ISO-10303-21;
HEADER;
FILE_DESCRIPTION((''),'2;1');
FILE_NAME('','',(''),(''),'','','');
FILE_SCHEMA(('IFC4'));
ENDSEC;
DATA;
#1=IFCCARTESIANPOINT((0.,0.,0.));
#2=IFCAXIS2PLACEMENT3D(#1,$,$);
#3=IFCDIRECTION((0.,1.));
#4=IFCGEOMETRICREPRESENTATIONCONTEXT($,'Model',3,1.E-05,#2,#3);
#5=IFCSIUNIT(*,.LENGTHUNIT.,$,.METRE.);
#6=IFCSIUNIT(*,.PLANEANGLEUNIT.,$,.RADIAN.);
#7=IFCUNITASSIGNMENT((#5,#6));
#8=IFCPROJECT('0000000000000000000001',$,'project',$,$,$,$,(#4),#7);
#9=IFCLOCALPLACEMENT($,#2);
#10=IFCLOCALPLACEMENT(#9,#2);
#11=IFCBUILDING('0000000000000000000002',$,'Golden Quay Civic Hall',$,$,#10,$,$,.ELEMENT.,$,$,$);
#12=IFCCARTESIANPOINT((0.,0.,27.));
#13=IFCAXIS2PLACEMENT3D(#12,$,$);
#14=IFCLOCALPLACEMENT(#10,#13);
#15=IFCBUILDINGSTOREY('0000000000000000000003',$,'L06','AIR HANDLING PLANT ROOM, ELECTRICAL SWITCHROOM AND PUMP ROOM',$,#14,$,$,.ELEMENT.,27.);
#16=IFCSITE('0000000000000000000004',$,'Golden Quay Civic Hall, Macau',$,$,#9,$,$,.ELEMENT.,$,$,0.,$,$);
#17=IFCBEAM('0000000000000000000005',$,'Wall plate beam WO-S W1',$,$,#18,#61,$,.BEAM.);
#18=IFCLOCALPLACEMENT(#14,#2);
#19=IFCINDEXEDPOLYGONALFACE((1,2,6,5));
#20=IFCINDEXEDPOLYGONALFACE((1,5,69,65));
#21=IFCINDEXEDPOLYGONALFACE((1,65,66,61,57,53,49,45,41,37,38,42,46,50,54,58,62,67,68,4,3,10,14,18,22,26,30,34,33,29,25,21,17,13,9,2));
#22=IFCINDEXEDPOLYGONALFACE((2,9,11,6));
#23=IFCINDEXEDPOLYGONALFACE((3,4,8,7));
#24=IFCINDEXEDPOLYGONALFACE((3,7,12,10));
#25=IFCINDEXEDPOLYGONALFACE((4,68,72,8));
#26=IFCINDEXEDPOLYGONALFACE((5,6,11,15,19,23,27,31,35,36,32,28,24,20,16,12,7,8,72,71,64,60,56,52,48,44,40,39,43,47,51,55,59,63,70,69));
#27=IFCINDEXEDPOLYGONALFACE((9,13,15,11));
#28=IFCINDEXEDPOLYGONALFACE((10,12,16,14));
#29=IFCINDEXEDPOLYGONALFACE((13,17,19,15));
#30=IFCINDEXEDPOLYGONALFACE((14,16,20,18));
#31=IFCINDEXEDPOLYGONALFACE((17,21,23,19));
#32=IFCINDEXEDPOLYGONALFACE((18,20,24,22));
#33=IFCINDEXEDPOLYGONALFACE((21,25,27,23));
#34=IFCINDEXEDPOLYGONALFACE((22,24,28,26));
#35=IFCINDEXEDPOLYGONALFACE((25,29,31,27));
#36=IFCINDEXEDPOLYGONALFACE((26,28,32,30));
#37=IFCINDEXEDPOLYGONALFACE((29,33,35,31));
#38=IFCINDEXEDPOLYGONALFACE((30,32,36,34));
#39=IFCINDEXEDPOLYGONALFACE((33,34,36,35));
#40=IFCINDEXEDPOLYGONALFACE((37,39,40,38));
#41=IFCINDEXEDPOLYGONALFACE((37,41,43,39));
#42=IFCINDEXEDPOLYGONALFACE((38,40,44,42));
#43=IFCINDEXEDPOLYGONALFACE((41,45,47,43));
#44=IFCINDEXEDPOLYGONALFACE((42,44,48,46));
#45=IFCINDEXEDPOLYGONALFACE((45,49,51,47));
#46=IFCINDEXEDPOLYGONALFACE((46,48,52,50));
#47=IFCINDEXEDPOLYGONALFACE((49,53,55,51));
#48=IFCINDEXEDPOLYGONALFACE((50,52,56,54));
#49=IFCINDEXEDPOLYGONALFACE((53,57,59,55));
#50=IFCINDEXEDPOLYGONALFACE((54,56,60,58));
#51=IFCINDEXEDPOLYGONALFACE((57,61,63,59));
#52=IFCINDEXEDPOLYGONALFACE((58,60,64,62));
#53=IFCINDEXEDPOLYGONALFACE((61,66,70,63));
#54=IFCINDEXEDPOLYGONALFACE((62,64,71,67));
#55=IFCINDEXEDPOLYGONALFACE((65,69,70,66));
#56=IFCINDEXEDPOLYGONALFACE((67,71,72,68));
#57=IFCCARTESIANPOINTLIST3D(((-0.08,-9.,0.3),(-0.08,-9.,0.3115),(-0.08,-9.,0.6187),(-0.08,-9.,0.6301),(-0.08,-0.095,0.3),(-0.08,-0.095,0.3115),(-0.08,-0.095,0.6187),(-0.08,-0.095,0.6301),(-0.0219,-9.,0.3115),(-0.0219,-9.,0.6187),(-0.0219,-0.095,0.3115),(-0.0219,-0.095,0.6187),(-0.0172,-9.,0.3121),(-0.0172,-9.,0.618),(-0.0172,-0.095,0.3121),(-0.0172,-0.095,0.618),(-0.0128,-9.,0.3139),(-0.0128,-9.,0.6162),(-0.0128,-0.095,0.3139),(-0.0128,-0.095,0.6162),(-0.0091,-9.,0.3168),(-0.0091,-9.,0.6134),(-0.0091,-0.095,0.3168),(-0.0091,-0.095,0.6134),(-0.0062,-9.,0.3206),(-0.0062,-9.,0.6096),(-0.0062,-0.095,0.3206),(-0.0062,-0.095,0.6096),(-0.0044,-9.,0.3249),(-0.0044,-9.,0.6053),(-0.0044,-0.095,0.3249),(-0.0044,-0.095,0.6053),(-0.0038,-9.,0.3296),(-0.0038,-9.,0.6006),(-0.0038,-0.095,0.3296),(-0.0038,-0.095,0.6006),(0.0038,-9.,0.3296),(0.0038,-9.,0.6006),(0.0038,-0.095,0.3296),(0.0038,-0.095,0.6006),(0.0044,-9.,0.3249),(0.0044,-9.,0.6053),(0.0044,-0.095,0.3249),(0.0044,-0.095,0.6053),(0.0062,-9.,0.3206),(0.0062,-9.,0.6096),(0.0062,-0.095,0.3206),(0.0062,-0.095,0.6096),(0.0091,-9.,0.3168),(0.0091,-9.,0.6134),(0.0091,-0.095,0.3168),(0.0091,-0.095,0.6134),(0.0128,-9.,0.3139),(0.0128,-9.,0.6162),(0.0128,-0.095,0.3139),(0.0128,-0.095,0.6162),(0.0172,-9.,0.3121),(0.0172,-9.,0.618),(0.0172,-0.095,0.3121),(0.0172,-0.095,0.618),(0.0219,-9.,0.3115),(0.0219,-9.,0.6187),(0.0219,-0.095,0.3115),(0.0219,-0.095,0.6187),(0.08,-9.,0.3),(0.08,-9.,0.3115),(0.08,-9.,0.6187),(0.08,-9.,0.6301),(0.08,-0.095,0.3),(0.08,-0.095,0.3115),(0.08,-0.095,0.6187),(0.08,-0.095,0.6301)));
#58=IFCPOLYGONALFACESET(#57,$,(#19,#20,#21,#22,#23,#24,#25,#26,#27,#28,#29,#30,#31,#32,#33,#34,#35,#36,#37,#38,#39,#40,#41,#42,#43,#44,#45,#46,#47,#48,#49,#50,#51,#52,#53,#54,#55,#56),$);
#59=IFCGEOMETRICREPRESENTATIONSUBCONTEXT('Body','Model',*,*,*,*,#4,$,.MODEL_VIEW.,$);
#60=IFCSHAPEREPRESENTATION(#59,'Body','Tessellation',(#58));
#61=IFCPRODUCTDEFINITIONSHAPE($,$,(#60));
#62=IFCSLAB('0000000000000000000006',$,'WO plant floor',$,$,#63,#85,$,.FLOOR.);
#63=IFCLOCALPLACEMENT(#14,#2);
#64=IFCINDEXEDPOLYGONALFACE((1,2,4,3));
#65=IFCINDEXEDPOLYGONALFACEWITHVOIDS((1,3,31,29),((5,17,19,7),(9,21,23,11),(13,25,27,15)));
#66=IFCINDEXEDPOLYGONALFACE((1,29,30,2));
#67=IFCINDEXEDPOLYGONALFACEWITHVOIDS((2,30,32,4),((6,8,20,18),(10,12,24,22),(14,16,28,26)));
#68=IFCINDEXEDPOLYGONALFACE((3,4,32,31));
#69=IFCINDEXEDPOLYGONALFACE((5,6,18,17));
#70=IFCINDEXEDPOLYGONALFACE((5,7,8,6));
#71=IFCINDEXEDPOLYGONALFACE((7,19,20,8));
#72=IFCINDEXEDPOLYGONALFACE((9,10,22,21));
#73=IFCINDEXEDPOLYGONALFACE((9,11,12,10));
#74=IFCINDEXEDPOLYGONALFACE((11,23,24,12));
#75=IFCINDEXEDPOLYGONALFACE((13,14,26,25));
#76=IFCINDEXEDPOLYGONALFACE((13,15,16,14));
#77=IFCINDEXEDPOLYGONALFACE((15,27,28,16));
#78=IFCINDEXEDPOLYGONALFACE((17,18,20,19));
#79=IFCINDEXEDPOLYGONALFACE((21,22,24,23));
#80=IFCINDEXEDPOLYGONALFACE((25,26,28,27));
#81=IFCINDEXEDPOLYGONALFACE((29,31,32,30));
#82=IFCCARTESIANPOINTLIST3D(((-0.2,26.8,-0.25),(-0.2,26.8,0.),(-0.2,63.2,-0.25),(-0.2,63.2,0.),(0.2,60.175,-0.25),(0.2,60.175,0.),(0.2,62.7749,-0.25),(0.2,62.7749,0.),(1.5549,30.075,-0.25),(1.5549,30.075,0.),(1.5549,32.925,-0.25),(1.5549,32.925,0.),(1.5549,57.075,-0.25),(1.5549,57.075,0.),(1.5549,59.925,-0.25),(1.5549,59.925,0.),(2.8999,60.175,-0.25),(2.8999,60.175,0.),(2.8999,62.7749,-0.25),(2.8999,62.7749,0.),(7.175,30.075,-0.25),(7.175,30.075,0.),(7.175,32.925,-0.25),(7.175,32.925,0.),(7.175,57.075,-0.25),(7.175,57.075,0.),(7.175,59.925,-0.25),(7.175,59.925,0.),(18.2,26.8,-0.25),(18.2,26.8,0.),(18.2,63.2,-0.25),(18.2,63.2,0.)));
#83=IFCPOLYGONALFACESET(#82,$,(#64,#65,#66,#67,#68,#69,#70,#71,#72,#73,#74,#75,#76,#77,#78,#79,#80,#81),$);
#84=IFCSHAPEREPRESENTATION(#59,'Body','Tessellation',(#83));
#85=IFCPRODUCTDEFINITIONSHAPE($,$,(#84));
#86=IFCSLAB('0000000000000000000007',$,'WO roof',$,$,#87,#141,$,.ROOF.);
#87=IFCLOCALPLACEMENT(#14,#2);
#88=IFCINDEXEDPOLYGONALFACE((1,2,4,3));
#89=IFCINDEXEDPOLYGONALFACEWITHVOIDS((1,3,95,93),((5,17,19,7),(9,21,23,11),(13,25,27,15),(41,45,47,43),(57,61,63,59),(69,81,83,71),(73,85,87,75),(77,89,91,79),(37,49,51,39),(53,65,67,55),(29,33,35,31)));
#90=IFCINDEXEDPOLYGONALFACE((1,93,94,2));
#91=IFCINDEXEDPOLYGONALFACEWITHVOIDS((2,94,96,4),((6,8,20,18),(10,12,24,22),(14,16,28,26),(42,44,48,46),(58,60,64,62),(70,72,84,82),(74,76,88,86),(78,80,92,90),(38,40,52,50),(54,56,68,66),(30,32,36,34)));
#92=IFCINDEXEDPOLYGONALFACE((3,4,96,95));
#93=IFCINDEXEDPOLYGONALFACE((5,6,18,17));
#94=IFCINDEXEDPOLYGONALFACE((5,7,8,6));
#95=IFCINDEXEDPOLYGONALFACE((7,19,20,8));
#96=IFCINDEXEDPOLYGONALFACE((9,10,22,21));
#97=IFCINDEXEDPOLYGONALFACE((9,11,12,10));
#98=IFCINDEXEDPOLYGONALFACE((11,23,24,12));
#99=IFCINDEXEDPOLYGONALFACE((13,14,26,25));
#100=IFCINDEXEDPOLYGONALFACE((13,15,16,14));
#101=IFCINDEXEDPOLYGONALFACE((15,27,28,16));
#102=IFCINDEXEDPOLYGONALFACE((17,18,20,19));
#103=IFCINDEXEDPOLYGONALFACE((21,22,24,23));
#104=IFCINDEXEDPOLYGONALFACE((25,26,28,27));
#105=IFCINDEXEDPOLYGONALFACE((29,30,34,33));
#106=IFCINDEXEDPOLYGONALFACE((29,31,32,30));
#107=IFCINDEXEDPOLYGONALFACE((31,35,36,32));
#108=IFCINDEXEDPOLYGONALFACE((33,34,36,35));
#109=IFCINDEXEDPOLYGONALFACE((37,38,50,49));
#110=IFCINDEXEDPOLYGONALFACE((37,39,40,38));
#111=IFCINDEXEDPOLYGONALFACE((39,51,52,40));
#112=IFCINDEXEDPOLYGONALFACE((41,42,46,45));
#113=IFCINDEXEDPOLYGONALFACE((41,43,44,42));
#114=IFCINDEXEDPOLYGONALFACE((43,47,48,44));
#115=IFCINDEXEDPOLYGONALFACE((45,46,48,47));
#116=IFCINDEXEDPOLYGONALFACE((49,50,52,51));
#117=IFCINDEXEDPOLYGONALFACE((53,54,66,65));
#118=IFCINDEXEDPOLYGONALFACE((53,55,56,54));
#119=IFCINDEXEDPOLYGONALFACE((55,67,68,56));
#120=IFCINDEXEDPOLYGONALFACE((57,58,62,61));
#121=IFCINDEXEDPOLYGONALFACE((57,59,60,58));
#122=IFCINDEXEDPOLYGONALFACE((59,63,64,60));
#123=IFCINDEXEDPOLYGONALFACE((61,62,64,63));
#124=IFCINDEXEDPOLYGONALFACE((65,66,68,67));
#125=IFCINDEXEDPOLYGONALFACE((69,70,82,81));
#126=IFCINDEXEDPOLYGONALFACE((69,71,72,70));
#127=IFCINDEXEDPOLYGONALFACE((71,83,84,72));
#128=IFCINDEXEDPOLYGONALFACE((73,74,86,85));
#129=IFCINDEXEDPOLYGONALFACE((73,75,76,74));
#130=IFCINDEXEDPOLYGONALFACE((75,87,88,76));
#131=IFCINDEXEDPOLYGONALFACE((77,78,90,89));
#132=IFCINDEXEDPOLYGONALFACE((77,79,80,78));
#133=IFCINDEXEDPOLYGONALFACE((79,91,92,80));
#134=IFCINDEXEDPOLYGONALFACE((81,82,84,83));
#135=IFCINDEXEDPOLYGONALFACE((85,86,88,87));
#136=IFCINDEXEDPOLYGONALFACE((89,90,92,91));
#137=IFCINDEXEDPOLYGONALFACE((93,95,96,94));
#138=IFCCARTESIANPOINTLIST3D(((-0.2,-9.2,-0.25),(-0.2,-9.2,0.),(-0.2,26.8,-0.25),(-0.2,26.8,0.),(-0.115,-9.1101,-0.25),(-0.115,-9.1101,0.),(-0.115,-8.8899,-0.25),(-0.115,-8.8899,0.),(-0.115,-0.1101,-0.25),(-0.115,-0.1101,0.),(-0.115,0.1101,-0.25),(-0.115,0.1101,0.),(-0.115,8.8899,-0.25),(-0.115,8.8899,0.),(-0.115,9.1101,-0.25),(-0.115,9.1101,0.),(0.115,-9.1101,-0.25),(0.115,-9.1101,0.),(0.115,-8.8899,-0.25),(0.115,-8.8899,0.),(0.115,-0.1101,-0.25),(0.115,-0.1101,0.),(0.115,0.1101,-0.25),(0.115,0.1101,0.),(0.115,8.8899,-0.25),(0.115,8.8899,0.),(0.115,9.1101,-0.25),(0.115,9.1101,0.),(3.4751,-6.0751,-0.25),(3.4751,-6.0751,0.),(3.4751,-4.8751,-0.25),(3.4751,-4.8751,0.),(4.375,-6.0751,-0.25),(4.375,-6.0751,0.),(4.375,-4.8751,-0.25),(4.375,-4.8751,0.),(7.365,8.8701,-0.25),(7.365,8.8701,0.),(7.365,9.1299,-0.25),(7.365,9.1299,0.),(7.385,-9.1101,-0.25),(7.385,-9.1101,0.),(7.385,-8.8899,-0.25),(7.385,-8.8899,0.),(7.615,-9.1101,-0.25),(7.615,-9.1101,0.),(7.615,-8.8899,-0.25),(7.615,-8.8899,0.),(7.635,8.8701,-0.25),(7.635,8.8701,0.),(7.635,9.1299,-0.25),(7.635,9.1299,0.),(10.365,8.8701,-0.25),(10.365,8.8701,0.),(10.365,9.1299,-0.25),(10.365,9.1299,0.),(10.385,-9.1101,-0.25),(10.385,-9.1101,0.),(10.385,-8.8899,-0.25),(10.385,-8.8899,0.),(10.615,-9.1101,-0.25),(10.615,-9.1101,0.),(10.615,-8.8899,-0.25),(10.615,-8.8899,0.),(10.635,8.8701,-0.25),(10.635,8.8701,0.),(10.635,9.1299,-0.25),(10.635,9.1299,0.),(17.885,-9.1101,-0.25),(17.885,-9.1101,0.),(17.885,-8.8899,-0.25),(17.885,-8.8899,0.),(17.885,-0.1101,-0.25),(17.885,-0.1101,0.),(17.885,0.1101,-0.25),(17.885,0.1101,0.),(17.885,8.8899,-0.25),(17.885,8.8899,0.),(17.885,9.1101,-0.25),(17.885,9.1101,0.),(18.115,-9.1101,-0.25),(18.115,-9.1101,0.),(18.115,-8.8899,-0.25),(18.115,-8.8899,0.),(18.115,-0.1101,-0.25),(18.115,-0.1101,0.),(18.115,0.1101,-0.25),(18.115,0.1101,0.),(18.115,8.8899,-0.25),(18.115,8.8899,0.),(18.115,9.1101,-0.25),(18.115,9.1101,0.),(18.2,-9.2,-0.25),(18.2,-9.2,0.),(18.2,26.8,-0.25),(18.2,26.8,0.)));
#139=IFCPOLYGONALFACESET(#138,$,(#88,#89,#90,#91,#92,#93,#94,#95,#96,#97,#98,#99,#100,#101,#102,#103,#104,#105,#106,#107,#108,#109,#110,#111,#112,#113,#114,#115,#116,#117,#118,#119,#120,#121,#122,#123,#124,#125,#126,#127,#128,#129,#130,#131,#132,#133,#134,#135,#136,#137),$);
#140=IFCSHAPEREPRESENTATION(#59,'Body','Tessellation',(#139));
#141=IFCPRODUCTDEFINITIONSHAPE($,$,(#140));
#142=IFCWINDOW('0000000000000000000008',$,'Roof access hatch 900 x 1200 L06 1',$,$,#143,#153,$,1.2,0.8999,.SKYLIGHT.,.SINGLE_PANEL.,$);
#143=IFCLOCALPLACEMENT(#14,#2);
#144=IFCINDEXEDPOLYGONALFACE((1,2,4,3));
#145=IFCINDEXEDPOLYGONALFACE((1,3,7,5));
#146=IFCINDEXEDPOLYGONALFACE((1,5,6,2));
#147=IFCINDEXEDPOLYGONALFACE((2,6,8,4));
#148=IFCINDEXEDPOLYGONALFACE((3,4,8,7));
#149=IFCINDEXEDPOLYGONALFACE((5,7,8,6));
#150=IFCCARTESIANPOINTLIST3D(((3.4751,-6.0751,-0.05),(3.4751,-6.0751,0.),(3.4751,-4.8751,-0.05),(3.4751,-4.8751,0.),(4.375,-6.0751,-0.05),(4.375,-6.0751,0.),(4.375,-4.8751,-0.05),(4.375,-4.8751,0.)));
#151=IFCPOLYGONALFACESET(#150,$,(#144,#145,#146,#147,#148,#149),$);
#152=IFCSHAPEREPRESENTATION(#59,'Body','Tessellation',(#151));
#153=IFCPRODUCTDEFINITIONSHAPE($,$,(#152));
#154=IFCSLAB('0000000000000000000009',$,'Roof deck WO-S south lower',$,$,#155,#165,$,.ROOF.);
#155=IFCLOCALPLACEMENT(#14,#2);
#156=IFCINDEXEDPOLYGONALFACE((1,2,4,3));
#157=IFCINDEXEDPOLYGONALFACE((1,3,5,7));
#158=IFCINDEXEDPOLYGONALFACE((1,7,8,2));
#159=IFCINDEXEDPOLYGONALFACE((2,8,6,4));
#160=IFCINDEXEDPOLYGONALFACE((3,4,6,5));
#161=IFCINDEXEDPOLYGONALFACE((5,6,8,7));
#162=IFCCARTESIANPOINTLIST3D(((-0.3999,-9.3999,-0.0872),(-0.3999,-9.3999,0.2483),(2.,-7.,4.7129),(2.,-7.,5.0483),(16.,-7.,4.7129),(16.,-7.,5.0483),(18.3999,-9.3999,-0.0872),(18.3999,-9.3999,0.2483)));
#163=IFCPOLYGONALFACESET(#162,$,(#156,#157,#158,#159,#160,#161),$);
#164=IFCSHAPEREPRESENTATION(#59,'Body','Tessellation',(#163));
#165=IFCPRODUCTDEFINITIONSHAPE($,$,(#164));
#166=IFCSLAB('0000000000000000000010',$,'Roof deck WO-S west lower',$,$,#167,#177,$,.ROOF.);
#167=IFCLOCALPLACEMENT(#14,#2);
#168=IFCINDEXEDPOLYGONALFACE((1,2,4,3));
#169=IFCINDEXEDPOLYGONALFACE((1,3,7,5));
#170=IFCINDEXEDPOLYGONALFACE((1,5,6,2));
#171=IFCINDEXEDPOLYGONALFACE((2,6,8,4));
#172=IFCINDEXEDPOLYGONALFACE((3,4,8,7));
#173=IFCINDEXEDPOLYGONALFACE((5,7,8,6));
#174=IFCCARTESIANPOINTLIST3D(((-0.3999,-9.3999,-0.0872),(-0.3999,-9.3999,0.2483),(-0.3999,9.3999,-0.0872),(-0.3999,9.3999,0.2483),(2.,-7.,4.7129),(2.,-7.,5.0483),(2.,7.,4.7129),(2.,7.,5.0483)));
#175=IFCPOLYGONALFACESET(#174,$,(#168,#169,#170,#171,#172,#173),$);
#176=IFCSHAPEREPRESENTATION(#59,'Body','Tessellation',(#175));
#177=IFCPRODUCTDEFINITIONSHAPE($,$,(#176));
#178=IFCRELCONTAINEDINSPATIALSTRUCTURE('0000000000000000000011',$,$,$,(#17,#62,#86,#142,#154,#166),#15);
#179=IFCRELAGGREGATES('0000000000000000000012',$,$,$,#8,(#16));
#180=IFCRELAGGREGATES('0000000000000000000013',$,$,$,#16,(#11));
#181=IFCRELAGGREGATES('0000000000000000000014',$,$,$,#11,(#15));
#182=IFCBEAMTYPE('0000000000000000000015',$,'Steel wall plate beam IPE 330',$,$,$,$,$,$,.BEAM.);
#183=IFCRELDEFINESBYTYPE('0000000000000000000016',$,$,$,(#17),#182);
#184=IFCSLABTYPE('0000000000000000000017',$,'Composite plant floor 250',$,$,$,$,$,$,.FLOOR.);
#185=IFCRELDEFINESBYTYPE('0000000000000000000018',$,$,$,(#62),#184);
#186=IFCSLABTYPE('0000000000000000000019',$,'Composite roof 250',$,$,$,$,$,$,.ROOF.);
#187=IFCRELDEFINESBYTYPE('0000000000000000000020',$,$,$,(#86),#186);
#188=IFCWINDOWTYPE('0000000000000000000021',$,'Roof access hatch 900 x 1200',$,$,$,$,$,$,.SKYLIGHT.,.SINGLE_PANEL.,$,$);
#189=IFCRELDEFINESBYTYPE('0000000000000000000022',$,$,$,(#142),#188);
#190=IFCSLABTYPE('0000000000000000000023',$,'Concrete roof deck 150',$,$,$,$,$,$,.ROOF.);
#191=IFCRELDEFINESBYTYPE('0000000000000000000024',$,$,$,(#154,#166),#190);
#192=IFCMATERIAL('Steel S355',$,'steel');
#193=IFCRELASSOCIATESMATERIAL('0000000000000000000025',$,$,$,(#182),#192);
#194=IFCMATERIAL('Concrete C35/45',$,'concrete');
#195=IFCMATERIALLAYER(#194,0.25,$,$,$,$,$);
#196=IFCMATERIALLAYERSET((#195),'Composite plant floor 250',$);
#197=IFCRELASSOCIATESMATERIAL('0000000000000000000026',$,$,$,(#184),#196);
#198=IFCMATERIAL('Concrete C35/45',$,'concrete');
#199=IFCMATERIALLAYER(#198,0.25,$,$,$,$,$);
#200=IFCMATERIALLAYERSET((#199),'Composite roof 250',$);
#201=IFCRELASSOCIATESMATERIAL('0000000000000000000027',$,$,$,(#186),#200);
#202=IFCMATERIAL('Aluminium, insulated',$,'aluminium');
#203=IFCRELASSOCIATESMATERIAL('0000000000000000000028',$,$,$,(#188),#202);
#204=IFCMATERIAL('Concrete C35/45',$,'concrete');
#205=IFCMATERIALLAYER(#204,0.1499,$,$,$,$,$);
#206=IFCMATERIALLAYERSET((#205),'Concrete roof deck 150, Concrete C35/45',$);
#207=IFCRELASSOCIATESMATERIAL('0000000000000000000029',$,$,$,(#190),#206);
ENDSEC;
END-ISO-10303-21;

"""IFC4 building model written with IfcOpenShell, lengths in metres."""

from ifc_helpers import new_model, si_unit, direction, frame, origin, origin_2d, place, context, subcontext, project, spatial, polyline, rectangle, i_section, outline, extrude, material, layer, layer_set, material_profile, profile_set, type_object, element, fill, save


model = new_model("IFC4")

# Units and contexts
model_context = context("Model", 3, precision=1e-05, world=origin(), true_north=direction((0.0, 1.0)))
body_context = subcontext(model_context, "Body", "Model", "MODEL_VIEW")
ifc_project = project(units=[si_unit("LENGTHUNIT", "METRE"), si_unit("PLANEANGLEUNIT", "RADIAN")], contexts=[model_context])

# Site, building, storey
site_placement = place(None, origin())
site = spatial("IfcSite", under=ifc_project, at=site_placement, Name="Golden Quay Civic Hall, Macau", CompositionType="ELEMENT", RefElevation=0.0)
building_placement = place(site_placement, origin())
building = spatial("IfcBuilding", under=site, at=building_placement, Name="Golden Quay Civic Hall", CompositionType="ELEMENT")
storey_placement = place(building_placement, frame((0.0, 0.0, 27.0)))
storey = spatial("IfcBuildingStorey", under=building, at=storey_placement, Name="L06", Description="AIR HANDLING PLANT ROOM, ELECTRICAL SWITCHROOM AND PUMP ROOM", CompositionType="ELEMENT", Elevation=27.0)

# Beam
ifc_material_1 = material(Name="Steel S355", Category="steel")
ifc_material_profile_1 = material_profile(ifc_material_1, i_section(OverallWidth=0.1599, OverallDepth=0.3301, WebThickness=0.0076, FlangeThickness=0.0115, FilletRadius=0.0181, at=origin_2d()), Name="IPE 330")
ifc_profile_set_1 = profile_set([ifc_material_profile_1], Name="Steel S355")
beam_type_1 = type_object("IfcBeamType", Name="Steel wall plate beam IPE 330", PredefinedType="BEAM", material=ifc_profile_set_1)
beam_1_placement = place(storey_placement, frame((0.0, -9.0, 0.4651), z_axis=(0.0, 1.0, 0.0), x_axis=(-1.0, 0.0, 0.0)))
element("IfcBeam", 1, at=beam_1_placement, inside=storey, type_object=beam_type_1, Name="Wall plate beam WO-S W1", PredefinedType="BEAM", context=body_context, shape_type="SweptSolid", body=[
    extrude(i_section(OverallWidth=0.1599, OverallDepth=0.3301, WebThickness=0.0076, FlangeThickness=0.0115, FilletRadius=0.0181, at=origin_2d()), origin(), (0.0, 0.0, 1.0), 8.905),
])

# Slab
ifc_material_2 = material(Name="Concrete C35/45", Category="concrete")
ifc_layer_1 = layer(ifc_material_2, 0.25)
ifc_layer_set_1 = layer_set([ifc_layer_1], Name="Composite plant floor 250")
slab_type_1 = type_object("IfcSlabType", Name="Composite plant floor 250", PredefinedType="FLOOR", material=ifc_layer_set_1)
slab_1_placement = place(storey_placement, frame((0.0, 0.0, -0.25)))
element("IfcSlab", 2, at=slab_1_placement, inside=storey, type_object=slab_type_1, Name="WO plant floor", PredefinedType="FLOOR", context=body_context, shape_type="SweptSolid", body=[
    extrude(outline(polyline([(18.2, 26.8), (-0.2, 26.8), (-0.2, 63.2), (18.2, 63.2), (18.2, 26.8)]), holes=[polyline([(7.175, 57.075), (7.175, 59.925), (1.5549, 59.925), (1.5549, 57.075), (7.175, 57.075)]), polyline([(0.2, 60.175), (2.8999, 60.175), (2.8999, 62.7749), (0.2, 62.7749), (0.2, 60.175)]), polyline([(1.5549, 32.925), (1.5549, 30.075), (7.175, 30.075), (7.175, 32.925), (1.5549, 32.925)])]), origin(), (0.0, 0.0, 1.0), 0.25),
])

# Slab, opening, window
ifc_material_3 = material(Name="Concrete C35/45", Category="concrete")
ifc_layer_2 = layer(ifc_material_3, 0.25)
ifc_layer_set_2 = layer_set([ifc_layer_2], Name="Composite roof 250")
slab_type_2 = type_object("IfcSlabType", Name="Composite roof 250", PredefinedType="ROOF", material=ifc_layer_set_2)
slab_2_placement = place(storey_placement, frame((0.0, 0.0, -0.25)))
slab_2 = element("IfcSlab", 3, at=slab_2_placement, inside=storey, type_object=slab_type_2, Name="WO roof", PredefinedType="ROOF", context=body_context, shape_type="SweptSolid", body=[
    extrude(outline(polyline([(18.2, -9.2), (-0.2, -9.2), (-0.2, 26.8), (18.2, 26.8), (18.2, -9.2)]), holes=[polyline([(0.115, -9.1101), (0.115, -8.8899), (-0.115, -8.8899), (-0.115, -9.1101), (0.115, -9.1101)]), polyline([(-0.115, -0.1101), (0.115, -0.1101), (0.115, 0.1101), (-0.115, 0.1101), (-0.115, -0.1101)]), polyline([(-0.115, 9.1101), (-0.115, 8.8899), (0.115, 8.8899), (0.115, 9.1101), (-0.115, 9.1101)]), polyline([(7.615, -8.8899), (7.385, -8.8899), (7.385, -9.1101), (7.615, -9.1101), (7.615, -8.8899)]), polyline([(7.635, 8.8701), (7.635, 9.1299), (7.365, 9.1299), (7.365, 8.8701), (7.635, 8.8701)]), polyline([(10.385, -9.1101), (10.615, -9.1101), (10.615, -8.8899), (10.385, -8.8899), (10.385, -9.1101)]), polyline([(10.365, 9.1299), (10.365, 8.8701), (10.635, 8.8701), (10.635, 9.1299), (10.365, 9.1299)]), polyline([(18.115, -8.8899), (17.885, -8.8899), (17.885, -9.1101), (18.115, -9.1101), (18.115, -8.8899)]), polyline([(18.115, -0.1101), (18.115, 0.1101), (17.885, 0.1101), (17.885, -0.1101), (18.115, -0.1101)]), polyline([(17.885, 8.8899), (18.115, 8.8899), (18.115, 9.1101), (17.885, 9.1101), (17.885, 8.8899)])]), origin(), (0.0, 0.0, 1.0), 0.25),
])
opening_placement = place(slab_2_placement, frame((3.925, -5.4751, 0.0)))
opening = element("IfcOpeningElement", 4, at=opening_placement, cuts=slab_2, PredefinedType="OPENING", context=body_context, shape_type="SweptSolid", body=[
    extrude(rectangle(XDim=0.8999, YDim=1.2, at=origin_2d()), origin(), (0.0, 0.0, 1.0), 0.25),
])
ifc_material_4 = material(Name="Aluminium, insulated", Category="aluminium")
window_type = type_object("IfcWindowType", Name="Roof access hatch 900 x 1200", PartitioningType="SINGLE_PANEL", PredefinedType="SKYLIGHT", material=ifc_material_4)
window_placement = place(opening_placement, frame((0.0, 0.0, 0.2)))
window = element("IfcWindow", 5, at=window_placement, inside=storey, type_object=window_type, Name="Roof access hatch 900 x 1200 L06 1", OverallHeight=1.2, OverallWidth=0.8999, PartitioningType="SINGLE_PANEL", PredefinedType="SKYLIGHT", context=body_context, shape_type="SweptSolid", body=[
    extrude(rectangle(XDim=0.8999, YDim=1.2, at=origin_2d()), origin(), (0.0, 0.0, 1.0), 0.05),
])
fill(opening, window)

# Slabs
ifc_material_5 = material(Name="Concrete C35/45", Category="concrete")
ifc_layer_3 = layer(ifc_material_5, 0.1499)
ifc_layer_set_3 = layer_set([ifc_layer_3], Name="Concrete roof deck 150, Concrete C35/45")
slab_type_3 = type_object("IfcSlabType", Name="Concrete roof deck 150", PredefinedType="ROOF", material=ifc_layer_set_3)
slab_3_placement = place(storey_placement, frame((-0.3999, -9.3999, 0.2483), z_axis=(0.0, -0.894436, 0.447195), x_axis=(1.0, 0.0, 0.0)))
element("IfcSlab", 6, at=slab_3_placement, inside=storey, type_object=slab_type_3, Name="Roof deck WO-S south lower", PredefinedType="ROOF", context=body_context, shape_type="SweptSolid", body=[
    extrude(outline(polyline([(0.0, 0.0), (18.7998, 0.0), (16.3999, 5.3666), (2.3999, 5.3666), (0.0, 0.0)])), origin(), (0.0, -0.894436, -0.447195), 0.3354),
])
slab_4_placement = place(storey_placement, frame((-0.3999, -9.3999, 0.2483), z_axis=(-0.894436, 0.0, 0.447195), x_axis=(0.0, 1.0, 0.0)))
element("IfcSlab", 7, at=slab_4_placement, inside=storey, type_object=slab_type_3, Name="Roof deck WO-S west lower", PredefinedType="ROOF", context=body_context, shape_type="SweptSolid", body=[
    extrude(outline(polyline([(0.0, 0.0), (18.7998, 0.0), (16.3999, -5.3666), (2.3999, -5.3666), (0.0, 0.0)])), origin(), (0.0, 0.894436, -0.447195), 0.3354),
])

save(model, "model.ifc")
